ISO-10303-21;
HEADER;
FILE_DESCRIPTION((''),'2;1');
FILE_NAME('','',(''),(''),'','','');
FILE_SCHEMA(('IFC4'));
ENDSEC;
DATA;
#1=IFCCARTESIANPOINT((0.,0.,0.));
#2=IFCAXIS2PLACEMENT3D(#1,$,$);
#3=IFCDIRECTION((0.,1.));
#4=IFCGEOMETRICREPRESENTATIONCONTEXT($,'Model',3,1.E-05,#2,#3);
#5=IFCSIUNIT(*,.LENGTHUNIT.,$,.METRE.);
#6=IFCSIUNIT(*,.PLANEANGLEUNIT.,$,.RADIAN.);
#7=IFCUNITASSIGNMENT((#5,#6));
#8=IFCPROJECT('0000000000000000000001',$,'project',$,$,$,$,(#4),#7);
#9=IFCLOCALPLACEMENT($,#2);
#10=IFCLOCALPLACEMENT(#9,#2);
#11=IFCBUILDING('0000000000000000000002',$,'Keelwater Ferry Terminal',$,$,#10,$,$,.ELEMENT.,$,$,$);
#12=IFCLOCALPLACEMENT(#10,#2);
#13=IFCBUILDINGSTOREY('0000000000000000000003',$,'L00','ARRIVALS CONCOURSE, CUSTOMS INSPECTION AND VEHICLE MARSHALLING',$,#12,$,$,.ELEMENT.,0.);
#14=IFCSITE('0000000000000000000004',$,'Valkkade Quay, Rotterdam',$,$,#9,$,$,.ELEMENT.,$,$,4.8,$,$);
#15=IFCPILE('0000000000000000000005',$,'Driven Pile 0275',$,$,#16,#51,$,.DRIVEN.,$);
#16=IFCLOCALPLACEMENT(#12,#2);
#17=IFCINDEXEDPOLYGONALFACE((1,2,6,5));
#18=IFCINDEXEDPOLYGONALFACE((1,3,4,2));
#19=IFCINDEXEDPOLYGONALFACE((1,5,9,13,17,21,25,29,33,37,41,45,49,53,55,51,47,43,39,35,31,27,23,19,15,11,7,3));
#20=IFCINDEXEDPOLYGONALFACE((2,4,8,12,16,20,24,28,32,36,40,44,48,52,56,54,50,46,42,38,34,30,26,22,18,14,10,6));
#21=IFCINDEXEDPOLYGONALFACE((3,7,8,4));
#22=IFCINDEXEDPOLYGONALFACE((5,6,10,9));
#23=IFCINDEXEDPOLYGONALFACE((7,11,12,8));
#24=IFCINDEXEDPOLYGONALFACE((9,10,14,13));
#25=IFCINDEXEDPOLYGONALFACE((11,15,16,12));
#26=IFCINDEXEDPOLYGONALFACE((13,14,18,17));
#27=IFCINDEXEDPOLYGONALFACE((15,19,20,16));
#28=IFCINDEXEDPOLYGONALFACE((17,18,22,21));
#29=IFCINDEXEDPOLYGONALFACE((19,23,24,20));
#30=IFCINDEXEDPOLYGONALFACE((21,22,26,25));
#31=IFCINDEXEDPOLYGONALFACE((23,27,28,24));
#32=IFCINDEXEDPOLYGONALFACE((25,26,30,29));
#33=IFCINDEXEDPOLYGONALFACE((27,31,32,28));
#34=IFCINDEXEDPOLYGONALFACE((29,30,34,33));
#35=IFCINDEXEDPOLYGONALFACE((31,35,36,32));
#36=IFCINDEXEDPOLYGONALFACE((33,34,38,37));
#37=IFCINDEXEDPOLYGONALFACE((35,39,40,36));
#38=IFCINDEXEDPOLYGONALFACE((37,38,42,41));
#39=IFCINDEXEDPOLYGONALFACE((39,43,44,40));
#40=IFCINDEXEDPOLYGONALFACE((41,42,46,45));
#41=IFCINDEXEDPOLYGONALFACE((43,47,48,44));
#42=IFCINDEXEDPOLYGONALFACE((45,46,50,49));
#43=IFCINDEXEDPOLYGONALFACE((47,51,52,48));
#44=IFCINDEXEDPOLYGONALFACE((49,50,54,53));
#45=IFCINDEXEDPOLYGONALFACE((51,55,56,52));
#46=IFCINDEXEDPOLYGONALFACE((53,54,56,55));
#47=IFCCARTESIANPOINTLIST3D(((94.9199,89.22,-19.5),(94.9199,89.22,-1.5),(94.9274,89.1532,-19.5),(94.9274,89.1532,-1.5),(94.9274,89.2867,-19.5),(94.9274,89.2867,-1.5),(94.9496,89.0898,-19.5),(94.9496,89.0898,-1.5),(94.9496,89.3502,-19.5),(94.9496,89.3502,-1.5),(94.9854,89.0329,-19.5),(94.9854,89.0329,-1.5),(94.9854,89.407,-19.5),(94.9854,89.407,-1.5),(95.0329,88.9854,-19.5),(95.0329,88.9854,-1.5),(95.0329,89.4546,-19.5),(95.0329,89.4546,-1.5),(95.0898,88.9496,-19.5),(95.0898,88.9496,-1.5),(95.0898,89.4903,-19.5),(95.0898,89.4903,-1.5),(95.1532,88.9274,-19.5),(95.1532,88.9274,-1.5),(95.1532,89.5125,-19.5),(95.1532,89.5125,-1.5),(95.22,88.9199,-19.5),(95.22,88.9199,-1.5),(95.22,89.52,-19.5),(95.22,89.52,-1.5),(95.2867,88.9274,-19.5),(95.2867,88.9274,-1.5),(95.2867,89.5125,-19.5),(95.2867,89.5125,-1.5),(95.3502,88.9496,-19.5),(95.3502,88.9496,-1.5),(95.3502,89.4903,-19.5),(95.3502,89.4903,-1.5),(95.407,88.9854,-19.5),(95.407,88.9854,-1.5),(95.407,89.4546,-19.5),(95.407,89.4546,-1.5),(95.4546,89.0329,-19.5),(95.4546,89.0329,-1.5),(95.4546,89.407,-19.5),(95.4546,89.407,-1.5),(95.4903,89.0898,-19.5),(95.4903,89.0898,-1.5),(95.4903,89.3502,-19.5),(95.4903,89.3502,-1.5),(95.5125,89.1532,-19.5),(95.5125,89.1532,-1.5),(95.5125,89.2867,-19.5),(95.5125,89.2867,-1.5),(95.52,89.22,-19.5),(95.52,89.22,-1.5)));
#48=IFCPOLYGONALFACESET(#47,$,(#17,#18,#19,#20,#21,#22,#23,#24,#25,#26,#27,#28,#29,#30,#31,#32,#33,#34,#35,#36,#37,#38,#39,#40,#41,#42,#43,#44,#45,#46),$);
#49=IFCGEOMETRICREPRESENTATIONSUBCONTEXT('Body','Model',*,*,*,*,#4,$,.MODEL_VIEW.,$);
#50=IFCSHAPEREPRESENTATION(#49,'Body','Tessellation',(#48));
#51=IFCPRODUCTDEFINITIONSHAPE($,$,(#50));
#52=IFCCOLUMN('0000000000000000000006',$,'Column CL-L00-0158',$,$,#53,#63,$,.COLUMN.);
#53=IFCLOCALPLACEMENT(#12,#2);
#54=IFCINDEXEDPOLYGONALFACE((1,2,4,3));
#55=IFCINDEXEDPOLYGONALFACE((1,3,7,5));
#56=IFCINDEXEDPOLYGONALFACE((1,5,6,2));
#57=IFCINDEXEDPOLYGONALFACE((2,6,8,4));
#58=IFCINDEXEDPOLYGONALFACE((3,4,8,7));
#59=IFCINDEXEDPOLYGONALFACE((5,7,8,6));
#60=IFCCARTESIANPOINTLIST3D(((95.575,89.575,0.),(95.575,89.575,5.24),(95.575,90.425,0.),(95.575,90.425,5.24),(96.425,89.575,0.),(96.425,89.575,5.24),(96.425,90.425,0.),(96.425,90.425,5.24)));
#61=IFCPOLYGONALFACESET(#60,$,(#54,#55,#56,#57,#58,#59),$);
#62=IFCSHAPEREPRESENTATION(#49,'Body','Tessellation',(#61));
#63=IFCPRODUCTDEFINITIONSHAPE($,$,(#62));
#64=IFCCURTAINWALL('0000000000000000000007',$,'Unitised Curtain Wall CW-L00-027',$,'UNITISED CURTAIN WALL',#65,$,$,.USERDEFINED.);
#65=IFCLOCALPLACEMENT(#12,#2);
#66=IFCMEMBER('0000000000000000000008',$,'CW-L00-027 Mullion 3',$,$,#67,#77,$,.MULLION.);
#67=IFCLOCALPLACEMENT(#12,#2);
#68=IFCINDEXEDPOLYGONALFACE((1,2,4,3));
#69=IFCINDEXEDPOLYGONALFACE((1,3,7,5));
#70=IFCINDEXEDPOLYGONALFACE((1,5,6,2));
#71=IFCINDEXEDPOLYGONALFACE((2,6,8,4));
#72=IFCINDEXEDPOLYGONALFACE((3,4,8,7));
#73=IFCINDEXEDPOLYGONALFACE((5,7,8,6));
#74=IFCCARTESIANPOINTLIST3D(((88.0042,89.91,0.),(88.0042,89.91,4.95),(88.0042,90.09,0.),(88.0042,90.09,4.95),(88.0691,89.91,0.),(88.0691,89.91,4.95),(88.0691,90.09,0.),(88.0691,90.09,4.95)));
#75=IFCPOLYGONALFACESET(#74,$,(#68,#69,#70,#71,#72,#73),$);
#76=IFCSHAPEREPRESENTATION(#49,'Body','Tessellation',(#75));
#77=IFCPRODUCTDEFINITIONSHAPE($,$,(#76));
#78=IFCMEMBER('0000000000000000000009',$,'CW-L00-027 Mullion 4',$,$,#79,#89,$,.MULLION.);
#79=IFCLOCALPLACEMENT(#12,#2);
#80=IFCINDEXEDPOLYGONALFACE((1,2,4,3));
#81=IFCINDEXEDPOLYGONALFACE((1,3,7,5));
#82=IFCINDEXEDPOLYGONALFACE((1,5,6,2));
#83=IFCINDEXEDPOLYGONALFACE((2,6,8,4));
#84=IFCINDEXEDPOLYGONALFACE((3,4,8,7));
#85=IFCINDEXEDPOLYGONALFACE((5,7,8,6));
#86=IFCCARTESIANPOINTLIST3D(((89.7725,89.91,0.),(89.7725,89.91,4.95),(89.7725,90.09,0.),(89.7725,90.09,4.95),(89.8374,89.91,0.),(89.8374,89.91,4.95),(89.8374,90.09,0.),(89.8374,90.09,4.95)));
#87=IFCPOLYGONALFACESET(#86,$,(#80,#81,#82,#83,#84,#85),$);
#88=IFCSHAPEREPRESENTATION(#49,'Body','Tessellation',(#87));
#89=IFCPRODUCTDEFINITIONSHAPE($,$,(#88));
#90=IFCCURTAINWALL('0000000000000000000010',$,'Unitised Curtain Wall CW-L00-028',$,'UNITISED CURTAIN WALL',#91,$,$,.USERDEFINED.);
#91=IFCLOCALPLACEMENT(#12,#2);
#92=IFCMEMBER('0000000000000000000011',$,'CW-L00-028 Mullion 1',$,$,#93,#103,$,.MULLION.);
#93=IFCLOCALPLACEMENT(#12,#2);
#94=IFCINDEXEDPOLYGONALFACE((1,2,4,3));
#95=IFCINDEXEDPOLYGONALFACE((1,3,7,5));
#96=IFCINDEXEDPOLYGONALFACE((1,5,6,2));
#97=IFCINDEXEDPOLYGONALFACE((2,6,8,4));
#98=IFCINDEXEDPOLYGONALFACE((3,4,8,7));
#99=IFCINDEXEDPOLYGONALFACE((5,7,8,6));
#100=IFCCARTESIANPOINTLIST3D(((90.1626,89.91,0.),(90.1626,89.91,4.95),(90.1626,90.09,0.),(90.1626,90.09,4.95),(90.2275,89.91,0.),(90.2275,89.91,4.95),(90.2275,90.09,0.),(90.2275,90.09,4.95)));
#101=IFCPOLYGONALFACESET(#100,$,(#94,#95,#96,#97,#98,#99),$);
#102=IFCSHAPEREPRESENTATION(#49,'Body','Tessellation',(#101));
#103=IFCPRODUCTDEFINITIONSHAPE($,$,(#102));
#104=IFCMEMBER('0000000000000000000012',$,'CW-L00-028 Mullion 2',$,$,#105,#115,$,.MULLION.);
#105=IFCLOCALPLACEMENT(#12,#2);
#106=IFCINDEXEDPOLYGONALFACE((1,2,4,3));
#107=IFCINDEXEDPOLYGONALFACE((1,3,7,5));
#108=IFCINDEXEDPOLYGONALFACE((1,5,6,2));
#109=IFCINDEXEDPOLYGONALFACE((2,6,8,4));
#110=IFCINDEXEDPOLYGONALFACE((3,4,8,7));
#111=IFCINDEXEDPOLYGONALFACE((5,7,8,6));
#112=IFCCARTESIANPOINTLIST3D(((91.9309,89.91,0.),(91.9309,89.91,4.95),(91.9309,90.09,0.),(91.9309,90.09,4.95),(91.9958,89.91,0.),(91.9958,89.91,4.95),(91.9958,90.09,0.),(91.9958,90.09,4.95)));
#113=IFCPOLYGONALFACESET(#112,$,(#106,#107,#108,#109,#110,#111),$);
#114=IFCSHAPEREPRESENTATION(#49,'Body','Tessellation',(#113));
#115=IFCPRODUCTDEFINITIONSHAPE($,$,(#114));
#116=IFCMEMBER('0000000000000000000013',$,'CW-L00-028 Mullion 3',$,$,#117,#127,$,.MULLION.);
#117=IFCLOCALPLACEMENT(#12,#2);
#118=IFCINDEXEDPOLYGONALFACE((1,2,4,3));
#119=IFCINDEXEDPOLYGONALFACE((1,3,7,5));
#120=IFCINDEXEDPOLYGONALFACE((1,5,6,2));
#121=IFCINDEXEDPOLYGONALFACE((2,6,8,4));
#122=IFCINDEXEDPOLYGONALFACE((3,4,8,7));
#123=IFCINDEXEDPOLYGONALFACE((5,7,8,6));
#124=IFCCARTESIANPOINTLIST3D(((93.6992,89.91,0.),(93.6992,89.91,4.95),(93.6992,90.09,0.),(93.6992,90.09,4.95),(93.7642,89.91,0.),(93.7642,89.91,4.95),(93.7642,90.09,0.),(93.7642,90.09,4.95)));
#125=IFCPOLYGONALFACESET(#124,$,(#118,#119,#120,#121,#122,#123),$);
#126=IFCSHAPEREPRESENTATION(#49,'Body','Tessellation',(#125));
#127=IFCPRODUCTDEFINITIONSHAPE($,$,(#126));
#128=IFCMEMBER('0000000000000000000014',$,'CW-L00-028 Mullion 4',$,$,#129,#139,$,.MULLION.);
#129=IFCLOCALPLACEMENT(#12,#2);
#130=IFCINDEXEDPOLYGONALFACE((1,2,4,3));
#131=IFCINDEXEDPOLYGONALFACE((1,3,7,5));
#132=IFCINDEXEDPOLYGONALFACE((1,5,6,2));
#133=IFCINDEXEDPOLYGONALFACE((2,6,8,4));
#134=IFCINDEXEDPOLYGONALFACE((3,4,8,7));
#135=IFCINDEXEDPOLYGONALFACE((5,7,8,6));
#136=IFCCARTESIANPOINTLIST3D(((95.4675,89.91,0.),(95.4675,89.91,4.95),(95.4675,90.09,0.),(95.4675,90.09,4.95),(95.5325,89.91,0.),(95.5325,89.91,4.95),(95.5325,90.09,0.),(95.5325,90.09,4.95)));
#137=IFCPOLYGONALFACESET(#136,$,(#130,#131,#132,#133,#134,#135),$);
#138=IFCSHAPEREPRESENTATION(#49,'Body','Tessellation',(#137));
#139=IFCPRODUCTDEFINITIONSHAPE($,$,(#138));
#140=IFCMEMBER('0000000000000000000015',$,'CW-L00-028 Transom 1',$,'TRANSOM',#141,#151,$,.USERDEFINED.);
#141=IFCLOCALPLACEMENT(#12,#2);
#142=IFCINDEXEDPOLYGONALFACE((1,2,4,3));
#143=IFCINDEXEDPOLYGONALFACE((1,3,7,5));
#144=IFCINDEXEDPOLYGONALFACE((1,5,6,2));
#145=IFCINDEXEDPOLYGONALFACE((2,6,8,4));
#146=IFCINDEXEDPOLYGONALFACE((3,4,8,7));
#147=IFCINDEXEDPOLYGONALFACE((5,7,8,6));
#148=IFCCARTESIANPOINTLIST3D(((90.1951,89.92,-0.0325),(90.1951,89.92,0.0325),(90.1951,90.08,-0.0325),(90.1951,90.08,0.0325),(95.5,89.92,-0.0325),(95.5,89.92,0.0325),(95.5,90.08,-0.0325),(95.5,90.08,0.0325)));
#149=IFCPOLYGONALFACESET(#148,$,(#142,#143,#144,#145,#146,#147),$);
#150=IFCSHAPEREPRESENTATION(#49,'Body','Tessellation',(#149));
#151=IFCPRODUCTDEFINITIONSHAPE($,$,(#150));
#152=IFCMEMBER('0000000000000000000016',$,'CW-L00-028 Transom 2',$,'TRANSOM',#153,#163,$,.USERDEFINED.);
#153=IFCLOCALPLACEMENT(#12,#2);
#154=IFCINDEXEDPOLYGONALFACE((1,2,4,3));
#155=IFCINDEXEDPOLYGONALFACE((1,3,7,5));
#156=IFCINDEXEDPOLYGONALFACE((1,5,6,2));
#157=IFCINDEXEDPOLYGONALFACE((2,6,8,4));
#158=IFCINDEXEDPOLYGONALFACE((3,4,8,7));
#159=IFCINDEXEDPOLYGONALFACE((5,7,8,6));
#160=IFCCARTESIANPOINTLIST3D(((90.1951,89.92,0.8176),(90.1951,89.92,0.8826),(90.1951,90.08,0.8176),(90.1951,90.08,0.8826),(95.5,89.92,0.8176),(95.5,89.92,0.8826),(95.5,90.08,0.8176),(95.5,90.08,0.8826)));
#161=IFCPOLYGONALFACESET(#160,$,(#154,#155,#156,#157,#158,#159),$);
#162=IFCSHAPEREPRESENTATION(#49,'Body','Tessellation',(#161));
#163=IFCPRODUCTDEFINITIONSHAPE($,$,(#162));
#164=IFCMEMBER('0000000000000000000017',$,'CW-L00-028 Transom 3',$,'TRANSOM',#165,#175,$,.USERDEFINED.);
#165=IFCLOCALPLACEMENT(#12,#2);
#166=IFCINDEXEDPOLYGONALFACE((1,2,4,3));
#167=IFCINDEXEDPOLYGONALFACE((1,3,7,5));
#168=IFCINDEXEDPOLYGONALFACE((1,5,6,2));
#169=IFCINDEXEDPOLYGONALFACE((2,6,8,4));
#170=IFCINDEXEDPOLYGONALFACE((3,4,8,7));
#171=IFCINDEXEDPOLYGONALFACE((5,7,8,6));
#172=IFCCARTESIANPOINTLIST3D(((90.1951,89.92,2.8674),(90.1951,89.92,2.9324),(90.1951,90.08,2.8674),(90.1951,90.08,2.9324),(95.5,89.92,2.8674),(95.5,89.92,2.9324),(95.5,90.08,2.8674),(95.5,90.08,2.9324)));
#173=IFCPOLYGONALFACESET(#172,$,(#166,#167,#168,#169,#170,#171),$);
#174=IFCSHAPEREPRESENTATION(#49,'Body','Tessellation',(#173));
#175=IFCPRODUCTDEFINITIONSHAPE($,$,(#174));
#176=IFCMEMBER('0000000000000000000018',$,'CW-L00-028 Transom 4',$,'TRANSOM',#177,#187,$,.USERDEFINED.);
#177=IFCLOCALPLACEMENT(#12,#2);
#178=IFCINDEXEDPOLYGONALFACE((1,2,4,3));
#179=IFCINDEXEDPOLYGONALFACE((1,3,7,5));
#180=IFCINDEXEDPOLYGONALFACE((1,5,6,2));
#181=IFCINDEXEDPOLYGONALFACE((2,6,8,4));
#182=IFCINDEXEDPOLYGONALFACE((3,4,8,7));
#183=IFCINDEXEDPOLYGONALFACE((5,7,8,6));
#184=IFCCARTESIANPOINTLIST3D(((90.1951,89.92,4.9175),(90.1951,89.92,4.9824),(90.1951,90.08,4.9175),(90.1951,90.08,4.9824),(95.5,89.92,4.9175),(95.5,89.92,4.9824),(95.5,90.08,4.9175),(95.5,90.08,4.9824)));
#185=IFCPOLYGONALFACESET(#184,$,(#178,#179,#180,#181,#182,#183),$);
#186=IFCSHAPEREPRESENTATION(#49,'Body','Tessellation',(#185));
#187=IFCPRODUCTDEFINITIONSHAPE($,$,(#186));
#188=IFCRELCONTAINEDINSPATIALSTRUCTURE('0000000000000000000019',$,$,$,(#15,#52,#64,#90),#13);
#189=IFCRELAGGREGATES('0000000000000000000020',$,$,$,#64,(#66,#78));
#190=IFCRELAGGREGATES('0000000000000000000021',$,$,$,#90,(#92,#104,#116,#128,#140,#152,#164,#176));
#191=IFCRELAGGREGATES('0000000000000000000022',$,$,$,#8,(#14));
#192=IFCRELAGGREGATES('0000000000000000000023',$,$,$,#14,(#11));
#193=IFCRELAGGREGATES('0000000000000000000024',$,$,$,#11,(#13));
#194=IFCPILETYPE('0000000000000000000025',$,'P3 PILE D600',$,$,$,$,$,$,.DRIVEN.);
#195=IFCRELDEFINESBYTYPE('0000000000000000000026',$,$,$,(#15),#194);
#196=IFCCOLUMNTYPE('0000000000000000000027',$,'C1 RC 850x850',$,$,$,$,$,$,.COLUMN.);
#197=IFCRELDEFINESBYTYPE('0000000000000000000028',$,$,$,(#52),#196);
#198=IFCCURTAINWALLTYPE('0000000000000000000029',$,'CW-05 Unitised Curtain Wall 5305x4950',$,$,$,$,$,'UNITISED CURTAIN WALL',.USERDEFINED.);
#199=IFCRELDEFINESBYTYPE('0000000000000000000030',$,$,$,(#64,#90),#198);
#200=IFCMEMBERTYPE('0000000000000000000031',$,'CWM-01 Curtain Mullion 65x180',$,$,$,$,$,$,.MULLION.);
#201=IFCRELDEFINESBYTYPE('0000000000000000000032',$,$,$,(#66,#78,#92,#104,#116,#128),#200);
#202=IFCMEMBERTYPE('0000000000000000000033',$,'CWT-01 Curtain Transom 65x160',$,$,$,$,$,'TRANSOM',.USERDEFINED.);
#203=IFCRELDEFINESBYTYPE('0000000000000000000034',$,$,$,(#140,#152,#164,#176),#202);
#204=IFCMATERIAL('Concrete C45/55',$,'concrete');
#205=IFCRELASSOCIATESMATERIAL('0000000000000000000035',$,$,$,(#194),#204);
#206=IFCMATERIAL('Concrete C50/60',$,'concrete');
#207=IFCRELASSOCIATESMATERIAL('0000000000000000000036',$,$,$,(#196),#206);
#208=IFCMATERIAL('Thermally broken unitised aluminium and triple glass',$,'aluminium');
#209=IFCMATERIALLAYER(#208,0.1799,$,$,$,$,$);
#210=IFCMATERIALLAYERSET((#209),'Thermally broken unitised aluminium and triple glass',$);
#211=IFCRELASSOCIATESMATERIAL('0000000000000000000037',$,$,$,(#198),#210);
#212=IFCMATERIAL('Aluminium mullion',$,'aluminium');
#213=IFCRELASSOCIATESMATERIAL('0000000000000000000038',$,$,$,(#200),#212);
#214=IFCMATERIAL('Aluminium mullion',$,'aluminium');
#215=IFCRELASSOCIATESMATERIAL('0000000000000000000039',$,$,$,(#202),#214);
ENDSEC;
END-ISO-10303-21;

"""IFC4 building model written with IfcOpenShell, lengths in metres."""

from ifc_helpers import new_model, si_unit, direction, frame, origin, origin_2d, place, context, subcontext, project, spatial, rectangle, circle, extrude, material, layer, layer_set, material_profile, profile_set, type_object, element, aggregate, save


model = new_model("IFC4")

# Units and contexts
model_context = context("Model", 3, precision=1e-05, world=origin(), true_north=direction((0.0, 1.0)))
body_context = subcontext(model_context, "Body", "Model", "MODEL_VIEW")
ifc_project = project(units=[si_unit("LENGTHUNIT", "METRE"), si_unit("PLANEANGLEUNIT", "RADIAN")], contexts=[model_context])

# Site, building, storey
site_placement = place(None, origin())
site = spatial("IfcSite", under=ifc_project, at=site_placement, Name="Valkkade Quay, Rotterdam", CompositionType="ELEMENT", RefElevation=4.8)
building_placement = place(site_placement, origin())
building = spatial("IfcBuilding", under=site, at=building_placement, Name="Keelwater Ferry Terminal", CompositionType="ELEMENT")
storey_placement = place(building_placement, origin())
storey = spatial("IfcBuildingStorey", under=building, at=storey_placement, Name="L00", Description="ARRIVALS CONCOURSE, CUSTOMS INSPECTION AND VEHICLE MARSHALLING", CompositionType="ELEMENT", Elevation=0.0)

# Pile
ifc_material_1 = material(Name="Concrete C45/55", Category="concrete")
ifc_material_profile_1 = material_profile(ifc_material_1, circle(Radius=0.3, at=origin_2d()), Name="PILE D600")
ifc_profile_set_1 = profile_set([ifc_material_profile_1], Name="Concrete C45/55")
pile_type = type_object("IfcPileType", Name="P3 PILE D600", PredefinedType="DRIVEN", material=ifc_profile_set_1)
pile_placement = place(storey_placement, frame((95.22, 89.22, -1.5), z_axis=(0.0, 0.0, -1.0), x_axis=(1.0, 0.0, 0.0)))
element("IfcPile", 1, at=pile_placement, inside=storey, type_object=pile_type, Name="Driven Pile 0275", PredefinedType="DRIVEN", context=body_context, shape_type="SweptSolid", body=[
    extrude(circle(Radius=0.3, at=origin_2d()), origin(), (0.0, 0.0, 1.0), 18.0),
])

# Column
ifc_material_2 = material(Name="Concrete C50/60", Category="concrete")
ifc_material_profile_2 = material_profile(ifc_material_2, rectangle(XDim=0.8501, YDim=0.8501, at=origin_2d()), Name="RC 850x850")
ifc_profile_set_2 = profile_set([ifc_material_profile_2], Name="Concrete C50/60")
column_type = type_object("IfcColumnType", Name="C1 RC 850x850", PredefinedType="COLUMN", material=ifc_profile_set_2)
column_placement = place(storey_placement, frame((96.0, 90.0, 0.0), z_axis=(0.0, 0.0, 1.0), x_axis=(1.0, 0.0, 0.0)))
element("IfcColumn", 2, at=column_placement, inside=storey, type_object=column_type, Name="Column CL-L00-0158", PredefinedType="COLUMN", context=body_context, shape_type="SweptSolid", body=[
    extrude(rectangle(XDim=0.8501, YDim=0.8501, at=origin_2d()), origin(), (0.0, 0.0, 1.0), 5.24),
])

# Curtain walls, members
ifc_material_3 = material(Name="Thermally broken unitised aluminium and triple glass", Category="aluminium")
ifc_layer_1 = layer(ifc_material_3, 0.1799)
ifc_layer_set_1 = layer_set([ifc_layer_1], Name="Thermally broken unitised aluminium and triple glass")
curtain_wall_type = type_object("IfcCurtainWallType", Name="CW-05 Unitised Curtain Wall 5305x4950", ElementType="UNITISED CURTAIN WALL", PredefinedType="USERDEFINED", material=ifc_layer_set_1)
curtain_wall_1_placement = place(storey_placement, origin())
curtain_wall_1 = element("IfcCurtainWall", 3, at=curtain_wall_1_placement, inside=storey, type_object=curtain_wall_type, Name="Unitised Curtain Wall CW-L00-027", ObjectType="UNITISED CURTAIN WALL", PredefinedType="USERDEFINED")
ifc_material_4 = material(Name="Aluminium mullion", Category="aluminium")
ifc_material_profile_3 = material_profile(ifc_material_4, rectangle(XDim=0.0649, YDim=0.1799, at=origin_2d()), Name="CWM-01")
ifc_profile_set_3 = profile_set([ifc_material_profile_3], Name="Aluminium mullion")
member_type_1 = type_object("IfcMemberType", Name="CWM-01 Curtain Mullion 65x180", PredefinedType="MULLION", material=ifc_profile_set_3)
member_1_placement = place(storey_placement, frame((88.0366, 90.0, 0.0), z_axis=(0.0, 0.0, 1.0), x_axis=(1.0, 0.0, 0.0)))
member_1 = element("IfcMember", 4, at=member_1_placement, type_object=member_type_1, Name="CW-L00-027 Mullion 3", PredefinedType="MULLION", context=body_context, shape_type="SweptSolid", body=[
    extrude(rectangle(XDim=0.0649, YDim=0.1799, at=origin_2d()), origin(), (0.0, 0.0, 1.0), 4.95),
])
member_2_placement = place(storey_placement, frame((89.8049, 90.0, 0.0), z_axis=(0.0, 0.0, 1.0), x_axis=(1.0, 0.0, 0.0)))
member_2 = element("IfcMember", 5, at=member_2_placement, type_object=member_type_1, Name="CW-L00-027 Mullion 4", PredefinedType="MULLION", context=body_context, shape_type="SweptSolid", body=[
    extrude(rectangle(XDim=0.0649, YDim=0.1799, at=origin_2d()), origin(), (0.0, 0.0, 1.0), 4.95),
])
curtain_wall_2_placement = place(storey_placement, origin())
curtain_wall_2 = element("IfcCurtainWall", 6, at=curtain_wall_2_placement, inside=storey, type_object=curtain_wall_type, Name="Unitised Curtain Wall CW-L00-028", ObjectType="UNITISED CURTAIN WALL", PredefinedType="USERDEFINED")
member_3_placement = place(storey_placement, frame((90.1951, 90.0, 0.0), z_axis=(0.0, 0.0, 1.0), x_axis=(1.0, 0.0, 0.0)))
member_3 = element("IfcMember", 7, at=member_3_placement, type_object=member_type_1, Name="CW-L00-028 Mullion 1", PredefinedType="MULLION", context=body_context, shape_type="SweptSolid", body=[
    extrude(rectangle(XDim=0.0649, YDim=0.1799, at=origin_2d()), origin(), (0.0, 0.0, 1.0), 4.95),
])
member_4_placement = place(storey_placement, frame((91.9634, 90.0, 0.0), z_axis=(0.0, 0.0, 1.0), x_axis=(1.0, 0.0, 0.0)))
member_4 = element("IfcMember", 8, at=member_4_placement, type_object=member_type_1, Name="CW-L00-028 Mullion 2", PredefinedType="MULLION", context=body_context, shape_type="SweptSolid", body=[
    extrude(rectangle(XDim=0.0649, YDim=0.1799, at=origin_2d()), origin(), (0.0, 0.0, 1.0), 4.95),
])
member_5_placement = place(storey_placement, frame((93.7317, 90.0, 0.0), z_axis=(0.0, 0.0, 1.0), x_axis=(1.0, 0.0, 0.0)))
member_5 = element("IfcMember", 9, at=member_5_placement, type_object=member_type_1, Name="CW-L00-028 Mullion 3", PredefinedType="MULLION", context=body_context, shape_type="SweptSolid", body=[
    extrude(rectangle(XDim=0.0649, YDim=0.1799, at=origin_2d()), origin(), (0.0, 0.0, 1.0), 4.95),
])
member_6_placement = place(storey_placement, frame((95.5, 90.0, 0.0), z_axis=(0.0, 0.0, 1.0), x_axis=(1.0, 0.0, 0.0)))
member_6 = element("IfcMember", 10, at=member_6_placement, type_object=member_type_1, Name="CW-L00-028 Mullion 4", PredefinedType="MULLION", context=body_context, shape_type="SweptSolid", body=[
    extrude(rectangle(XDim=0.0649, YDim=0.1799, at=origin_2d()), origin(), (0.0, 0.0, 1.0), 4.95),
])
ifc_material_5 = material(Name="Aluminium mullion", Category="aluminium")
ifc_material_profile_4 = material_profile(ifc_material_5, rectangle(XDim=0.1599, YDim=0.0649, at=origin_2d()), Name="CWT-01")
ifc_profile_set_4 = profile_set([ifc_material_profile_4], Name="Aluminium mullion")
member_type_2 = type_object("IfcMemberType", Name="CWT-01 Curtain Transom 65x160", ElementType="TRANSOM", PredefinedType="USERDEFINED", material=ifc_profile_set_4)
member_7_placement = place(storey_placement, frame((90.1951, 90.0, 0.0), z_axis=(1.0, 0.0, 0.0), x_axis=(0.0, 1.0, 0.0)))
member_7 = element("IfcMember", 11, at=member_7_placement, type_object=member_type_2, Name="CW-L00-028 Transom 1", ObjectType="TRANSOM", PredefinedType="USERDEFINED", context=body_context, shape_type="SweptSolid", body=[
    extrude(rectangle(XDim=0.1599, YDim=0.0649, at=origin_2d()), origin(), (0.0, 0.0, 1.0), 5.3049),
])
member_8_placement = place(storey_placement, frame((90.1951, 90.0, 0.8501), z_axis=(1.0, 0.0, 0.0), x_axis=(0.0, 1.0, 0.0)))
member_8 = element("IfcMember", 12, at=member_8_placement, type_object=member_type_2, Name="CW-L00-028 Transom 2", ObjectType="TRANSOM", PredefinedType="USERDEFINED", context=body_context, shape_type="SweptSolid", body=[
    extrude(rectangle(XDim=0.1599, YDim=0.0649, at=origin_2d()), origin(), (0.0, 0.0, 1.0), 5.3049),
])
member_9_placement = place(storey_placement, frame((90.1951, 90.0, 2.8999), z_axis=(1.0, 0.0, 0.0), x_axis=(0.0, 1.0, 0.0)))
member_9 = element("IfcMember", 13, at=member_9_placement, type_object=member_type_2, Name="CW-L00-028 Transom 3", ObjectType="TRANSOM", PredefinedType="USERDEFINED", context=body_context, shape_type="SweptSolid", body=[
    extrude(rectangle(XDim=0.1599, YDim=0.0649, at=origin_2d()), origin(), (0.0, 0.0, 1.0), 5.3049),
])
member_10_placement = place(storey_placement, frame((90.1951, 90.0, 4.95), z_axis=(1.0, 0.0, 0.0), x_axis=(0.0, 1.0, 0.0)))
member_10 = element("IfcMember", 14, at=member_10_placement, type_object=member_type_2, Name="CW-L00-028 Transom 4", ObjectType="TRANSOM", PredefinedType="USERDEFINED", context=body_context, shape_type="SweptSolid", body=[
    extrude(rectangle(XDim=0.1599, YDim=0.0649, at=origin_2d()), origin(), (0.0, 0.0, 1.0), 5.3049),
])

aggregate(curtain_wall_1, [member_1, member_2])
aggregate(curtain_wall_2, [member_3, member_4, member_5, member_6, member_7, member_8, member_9, member_10])

save(model, "model.ifc")
